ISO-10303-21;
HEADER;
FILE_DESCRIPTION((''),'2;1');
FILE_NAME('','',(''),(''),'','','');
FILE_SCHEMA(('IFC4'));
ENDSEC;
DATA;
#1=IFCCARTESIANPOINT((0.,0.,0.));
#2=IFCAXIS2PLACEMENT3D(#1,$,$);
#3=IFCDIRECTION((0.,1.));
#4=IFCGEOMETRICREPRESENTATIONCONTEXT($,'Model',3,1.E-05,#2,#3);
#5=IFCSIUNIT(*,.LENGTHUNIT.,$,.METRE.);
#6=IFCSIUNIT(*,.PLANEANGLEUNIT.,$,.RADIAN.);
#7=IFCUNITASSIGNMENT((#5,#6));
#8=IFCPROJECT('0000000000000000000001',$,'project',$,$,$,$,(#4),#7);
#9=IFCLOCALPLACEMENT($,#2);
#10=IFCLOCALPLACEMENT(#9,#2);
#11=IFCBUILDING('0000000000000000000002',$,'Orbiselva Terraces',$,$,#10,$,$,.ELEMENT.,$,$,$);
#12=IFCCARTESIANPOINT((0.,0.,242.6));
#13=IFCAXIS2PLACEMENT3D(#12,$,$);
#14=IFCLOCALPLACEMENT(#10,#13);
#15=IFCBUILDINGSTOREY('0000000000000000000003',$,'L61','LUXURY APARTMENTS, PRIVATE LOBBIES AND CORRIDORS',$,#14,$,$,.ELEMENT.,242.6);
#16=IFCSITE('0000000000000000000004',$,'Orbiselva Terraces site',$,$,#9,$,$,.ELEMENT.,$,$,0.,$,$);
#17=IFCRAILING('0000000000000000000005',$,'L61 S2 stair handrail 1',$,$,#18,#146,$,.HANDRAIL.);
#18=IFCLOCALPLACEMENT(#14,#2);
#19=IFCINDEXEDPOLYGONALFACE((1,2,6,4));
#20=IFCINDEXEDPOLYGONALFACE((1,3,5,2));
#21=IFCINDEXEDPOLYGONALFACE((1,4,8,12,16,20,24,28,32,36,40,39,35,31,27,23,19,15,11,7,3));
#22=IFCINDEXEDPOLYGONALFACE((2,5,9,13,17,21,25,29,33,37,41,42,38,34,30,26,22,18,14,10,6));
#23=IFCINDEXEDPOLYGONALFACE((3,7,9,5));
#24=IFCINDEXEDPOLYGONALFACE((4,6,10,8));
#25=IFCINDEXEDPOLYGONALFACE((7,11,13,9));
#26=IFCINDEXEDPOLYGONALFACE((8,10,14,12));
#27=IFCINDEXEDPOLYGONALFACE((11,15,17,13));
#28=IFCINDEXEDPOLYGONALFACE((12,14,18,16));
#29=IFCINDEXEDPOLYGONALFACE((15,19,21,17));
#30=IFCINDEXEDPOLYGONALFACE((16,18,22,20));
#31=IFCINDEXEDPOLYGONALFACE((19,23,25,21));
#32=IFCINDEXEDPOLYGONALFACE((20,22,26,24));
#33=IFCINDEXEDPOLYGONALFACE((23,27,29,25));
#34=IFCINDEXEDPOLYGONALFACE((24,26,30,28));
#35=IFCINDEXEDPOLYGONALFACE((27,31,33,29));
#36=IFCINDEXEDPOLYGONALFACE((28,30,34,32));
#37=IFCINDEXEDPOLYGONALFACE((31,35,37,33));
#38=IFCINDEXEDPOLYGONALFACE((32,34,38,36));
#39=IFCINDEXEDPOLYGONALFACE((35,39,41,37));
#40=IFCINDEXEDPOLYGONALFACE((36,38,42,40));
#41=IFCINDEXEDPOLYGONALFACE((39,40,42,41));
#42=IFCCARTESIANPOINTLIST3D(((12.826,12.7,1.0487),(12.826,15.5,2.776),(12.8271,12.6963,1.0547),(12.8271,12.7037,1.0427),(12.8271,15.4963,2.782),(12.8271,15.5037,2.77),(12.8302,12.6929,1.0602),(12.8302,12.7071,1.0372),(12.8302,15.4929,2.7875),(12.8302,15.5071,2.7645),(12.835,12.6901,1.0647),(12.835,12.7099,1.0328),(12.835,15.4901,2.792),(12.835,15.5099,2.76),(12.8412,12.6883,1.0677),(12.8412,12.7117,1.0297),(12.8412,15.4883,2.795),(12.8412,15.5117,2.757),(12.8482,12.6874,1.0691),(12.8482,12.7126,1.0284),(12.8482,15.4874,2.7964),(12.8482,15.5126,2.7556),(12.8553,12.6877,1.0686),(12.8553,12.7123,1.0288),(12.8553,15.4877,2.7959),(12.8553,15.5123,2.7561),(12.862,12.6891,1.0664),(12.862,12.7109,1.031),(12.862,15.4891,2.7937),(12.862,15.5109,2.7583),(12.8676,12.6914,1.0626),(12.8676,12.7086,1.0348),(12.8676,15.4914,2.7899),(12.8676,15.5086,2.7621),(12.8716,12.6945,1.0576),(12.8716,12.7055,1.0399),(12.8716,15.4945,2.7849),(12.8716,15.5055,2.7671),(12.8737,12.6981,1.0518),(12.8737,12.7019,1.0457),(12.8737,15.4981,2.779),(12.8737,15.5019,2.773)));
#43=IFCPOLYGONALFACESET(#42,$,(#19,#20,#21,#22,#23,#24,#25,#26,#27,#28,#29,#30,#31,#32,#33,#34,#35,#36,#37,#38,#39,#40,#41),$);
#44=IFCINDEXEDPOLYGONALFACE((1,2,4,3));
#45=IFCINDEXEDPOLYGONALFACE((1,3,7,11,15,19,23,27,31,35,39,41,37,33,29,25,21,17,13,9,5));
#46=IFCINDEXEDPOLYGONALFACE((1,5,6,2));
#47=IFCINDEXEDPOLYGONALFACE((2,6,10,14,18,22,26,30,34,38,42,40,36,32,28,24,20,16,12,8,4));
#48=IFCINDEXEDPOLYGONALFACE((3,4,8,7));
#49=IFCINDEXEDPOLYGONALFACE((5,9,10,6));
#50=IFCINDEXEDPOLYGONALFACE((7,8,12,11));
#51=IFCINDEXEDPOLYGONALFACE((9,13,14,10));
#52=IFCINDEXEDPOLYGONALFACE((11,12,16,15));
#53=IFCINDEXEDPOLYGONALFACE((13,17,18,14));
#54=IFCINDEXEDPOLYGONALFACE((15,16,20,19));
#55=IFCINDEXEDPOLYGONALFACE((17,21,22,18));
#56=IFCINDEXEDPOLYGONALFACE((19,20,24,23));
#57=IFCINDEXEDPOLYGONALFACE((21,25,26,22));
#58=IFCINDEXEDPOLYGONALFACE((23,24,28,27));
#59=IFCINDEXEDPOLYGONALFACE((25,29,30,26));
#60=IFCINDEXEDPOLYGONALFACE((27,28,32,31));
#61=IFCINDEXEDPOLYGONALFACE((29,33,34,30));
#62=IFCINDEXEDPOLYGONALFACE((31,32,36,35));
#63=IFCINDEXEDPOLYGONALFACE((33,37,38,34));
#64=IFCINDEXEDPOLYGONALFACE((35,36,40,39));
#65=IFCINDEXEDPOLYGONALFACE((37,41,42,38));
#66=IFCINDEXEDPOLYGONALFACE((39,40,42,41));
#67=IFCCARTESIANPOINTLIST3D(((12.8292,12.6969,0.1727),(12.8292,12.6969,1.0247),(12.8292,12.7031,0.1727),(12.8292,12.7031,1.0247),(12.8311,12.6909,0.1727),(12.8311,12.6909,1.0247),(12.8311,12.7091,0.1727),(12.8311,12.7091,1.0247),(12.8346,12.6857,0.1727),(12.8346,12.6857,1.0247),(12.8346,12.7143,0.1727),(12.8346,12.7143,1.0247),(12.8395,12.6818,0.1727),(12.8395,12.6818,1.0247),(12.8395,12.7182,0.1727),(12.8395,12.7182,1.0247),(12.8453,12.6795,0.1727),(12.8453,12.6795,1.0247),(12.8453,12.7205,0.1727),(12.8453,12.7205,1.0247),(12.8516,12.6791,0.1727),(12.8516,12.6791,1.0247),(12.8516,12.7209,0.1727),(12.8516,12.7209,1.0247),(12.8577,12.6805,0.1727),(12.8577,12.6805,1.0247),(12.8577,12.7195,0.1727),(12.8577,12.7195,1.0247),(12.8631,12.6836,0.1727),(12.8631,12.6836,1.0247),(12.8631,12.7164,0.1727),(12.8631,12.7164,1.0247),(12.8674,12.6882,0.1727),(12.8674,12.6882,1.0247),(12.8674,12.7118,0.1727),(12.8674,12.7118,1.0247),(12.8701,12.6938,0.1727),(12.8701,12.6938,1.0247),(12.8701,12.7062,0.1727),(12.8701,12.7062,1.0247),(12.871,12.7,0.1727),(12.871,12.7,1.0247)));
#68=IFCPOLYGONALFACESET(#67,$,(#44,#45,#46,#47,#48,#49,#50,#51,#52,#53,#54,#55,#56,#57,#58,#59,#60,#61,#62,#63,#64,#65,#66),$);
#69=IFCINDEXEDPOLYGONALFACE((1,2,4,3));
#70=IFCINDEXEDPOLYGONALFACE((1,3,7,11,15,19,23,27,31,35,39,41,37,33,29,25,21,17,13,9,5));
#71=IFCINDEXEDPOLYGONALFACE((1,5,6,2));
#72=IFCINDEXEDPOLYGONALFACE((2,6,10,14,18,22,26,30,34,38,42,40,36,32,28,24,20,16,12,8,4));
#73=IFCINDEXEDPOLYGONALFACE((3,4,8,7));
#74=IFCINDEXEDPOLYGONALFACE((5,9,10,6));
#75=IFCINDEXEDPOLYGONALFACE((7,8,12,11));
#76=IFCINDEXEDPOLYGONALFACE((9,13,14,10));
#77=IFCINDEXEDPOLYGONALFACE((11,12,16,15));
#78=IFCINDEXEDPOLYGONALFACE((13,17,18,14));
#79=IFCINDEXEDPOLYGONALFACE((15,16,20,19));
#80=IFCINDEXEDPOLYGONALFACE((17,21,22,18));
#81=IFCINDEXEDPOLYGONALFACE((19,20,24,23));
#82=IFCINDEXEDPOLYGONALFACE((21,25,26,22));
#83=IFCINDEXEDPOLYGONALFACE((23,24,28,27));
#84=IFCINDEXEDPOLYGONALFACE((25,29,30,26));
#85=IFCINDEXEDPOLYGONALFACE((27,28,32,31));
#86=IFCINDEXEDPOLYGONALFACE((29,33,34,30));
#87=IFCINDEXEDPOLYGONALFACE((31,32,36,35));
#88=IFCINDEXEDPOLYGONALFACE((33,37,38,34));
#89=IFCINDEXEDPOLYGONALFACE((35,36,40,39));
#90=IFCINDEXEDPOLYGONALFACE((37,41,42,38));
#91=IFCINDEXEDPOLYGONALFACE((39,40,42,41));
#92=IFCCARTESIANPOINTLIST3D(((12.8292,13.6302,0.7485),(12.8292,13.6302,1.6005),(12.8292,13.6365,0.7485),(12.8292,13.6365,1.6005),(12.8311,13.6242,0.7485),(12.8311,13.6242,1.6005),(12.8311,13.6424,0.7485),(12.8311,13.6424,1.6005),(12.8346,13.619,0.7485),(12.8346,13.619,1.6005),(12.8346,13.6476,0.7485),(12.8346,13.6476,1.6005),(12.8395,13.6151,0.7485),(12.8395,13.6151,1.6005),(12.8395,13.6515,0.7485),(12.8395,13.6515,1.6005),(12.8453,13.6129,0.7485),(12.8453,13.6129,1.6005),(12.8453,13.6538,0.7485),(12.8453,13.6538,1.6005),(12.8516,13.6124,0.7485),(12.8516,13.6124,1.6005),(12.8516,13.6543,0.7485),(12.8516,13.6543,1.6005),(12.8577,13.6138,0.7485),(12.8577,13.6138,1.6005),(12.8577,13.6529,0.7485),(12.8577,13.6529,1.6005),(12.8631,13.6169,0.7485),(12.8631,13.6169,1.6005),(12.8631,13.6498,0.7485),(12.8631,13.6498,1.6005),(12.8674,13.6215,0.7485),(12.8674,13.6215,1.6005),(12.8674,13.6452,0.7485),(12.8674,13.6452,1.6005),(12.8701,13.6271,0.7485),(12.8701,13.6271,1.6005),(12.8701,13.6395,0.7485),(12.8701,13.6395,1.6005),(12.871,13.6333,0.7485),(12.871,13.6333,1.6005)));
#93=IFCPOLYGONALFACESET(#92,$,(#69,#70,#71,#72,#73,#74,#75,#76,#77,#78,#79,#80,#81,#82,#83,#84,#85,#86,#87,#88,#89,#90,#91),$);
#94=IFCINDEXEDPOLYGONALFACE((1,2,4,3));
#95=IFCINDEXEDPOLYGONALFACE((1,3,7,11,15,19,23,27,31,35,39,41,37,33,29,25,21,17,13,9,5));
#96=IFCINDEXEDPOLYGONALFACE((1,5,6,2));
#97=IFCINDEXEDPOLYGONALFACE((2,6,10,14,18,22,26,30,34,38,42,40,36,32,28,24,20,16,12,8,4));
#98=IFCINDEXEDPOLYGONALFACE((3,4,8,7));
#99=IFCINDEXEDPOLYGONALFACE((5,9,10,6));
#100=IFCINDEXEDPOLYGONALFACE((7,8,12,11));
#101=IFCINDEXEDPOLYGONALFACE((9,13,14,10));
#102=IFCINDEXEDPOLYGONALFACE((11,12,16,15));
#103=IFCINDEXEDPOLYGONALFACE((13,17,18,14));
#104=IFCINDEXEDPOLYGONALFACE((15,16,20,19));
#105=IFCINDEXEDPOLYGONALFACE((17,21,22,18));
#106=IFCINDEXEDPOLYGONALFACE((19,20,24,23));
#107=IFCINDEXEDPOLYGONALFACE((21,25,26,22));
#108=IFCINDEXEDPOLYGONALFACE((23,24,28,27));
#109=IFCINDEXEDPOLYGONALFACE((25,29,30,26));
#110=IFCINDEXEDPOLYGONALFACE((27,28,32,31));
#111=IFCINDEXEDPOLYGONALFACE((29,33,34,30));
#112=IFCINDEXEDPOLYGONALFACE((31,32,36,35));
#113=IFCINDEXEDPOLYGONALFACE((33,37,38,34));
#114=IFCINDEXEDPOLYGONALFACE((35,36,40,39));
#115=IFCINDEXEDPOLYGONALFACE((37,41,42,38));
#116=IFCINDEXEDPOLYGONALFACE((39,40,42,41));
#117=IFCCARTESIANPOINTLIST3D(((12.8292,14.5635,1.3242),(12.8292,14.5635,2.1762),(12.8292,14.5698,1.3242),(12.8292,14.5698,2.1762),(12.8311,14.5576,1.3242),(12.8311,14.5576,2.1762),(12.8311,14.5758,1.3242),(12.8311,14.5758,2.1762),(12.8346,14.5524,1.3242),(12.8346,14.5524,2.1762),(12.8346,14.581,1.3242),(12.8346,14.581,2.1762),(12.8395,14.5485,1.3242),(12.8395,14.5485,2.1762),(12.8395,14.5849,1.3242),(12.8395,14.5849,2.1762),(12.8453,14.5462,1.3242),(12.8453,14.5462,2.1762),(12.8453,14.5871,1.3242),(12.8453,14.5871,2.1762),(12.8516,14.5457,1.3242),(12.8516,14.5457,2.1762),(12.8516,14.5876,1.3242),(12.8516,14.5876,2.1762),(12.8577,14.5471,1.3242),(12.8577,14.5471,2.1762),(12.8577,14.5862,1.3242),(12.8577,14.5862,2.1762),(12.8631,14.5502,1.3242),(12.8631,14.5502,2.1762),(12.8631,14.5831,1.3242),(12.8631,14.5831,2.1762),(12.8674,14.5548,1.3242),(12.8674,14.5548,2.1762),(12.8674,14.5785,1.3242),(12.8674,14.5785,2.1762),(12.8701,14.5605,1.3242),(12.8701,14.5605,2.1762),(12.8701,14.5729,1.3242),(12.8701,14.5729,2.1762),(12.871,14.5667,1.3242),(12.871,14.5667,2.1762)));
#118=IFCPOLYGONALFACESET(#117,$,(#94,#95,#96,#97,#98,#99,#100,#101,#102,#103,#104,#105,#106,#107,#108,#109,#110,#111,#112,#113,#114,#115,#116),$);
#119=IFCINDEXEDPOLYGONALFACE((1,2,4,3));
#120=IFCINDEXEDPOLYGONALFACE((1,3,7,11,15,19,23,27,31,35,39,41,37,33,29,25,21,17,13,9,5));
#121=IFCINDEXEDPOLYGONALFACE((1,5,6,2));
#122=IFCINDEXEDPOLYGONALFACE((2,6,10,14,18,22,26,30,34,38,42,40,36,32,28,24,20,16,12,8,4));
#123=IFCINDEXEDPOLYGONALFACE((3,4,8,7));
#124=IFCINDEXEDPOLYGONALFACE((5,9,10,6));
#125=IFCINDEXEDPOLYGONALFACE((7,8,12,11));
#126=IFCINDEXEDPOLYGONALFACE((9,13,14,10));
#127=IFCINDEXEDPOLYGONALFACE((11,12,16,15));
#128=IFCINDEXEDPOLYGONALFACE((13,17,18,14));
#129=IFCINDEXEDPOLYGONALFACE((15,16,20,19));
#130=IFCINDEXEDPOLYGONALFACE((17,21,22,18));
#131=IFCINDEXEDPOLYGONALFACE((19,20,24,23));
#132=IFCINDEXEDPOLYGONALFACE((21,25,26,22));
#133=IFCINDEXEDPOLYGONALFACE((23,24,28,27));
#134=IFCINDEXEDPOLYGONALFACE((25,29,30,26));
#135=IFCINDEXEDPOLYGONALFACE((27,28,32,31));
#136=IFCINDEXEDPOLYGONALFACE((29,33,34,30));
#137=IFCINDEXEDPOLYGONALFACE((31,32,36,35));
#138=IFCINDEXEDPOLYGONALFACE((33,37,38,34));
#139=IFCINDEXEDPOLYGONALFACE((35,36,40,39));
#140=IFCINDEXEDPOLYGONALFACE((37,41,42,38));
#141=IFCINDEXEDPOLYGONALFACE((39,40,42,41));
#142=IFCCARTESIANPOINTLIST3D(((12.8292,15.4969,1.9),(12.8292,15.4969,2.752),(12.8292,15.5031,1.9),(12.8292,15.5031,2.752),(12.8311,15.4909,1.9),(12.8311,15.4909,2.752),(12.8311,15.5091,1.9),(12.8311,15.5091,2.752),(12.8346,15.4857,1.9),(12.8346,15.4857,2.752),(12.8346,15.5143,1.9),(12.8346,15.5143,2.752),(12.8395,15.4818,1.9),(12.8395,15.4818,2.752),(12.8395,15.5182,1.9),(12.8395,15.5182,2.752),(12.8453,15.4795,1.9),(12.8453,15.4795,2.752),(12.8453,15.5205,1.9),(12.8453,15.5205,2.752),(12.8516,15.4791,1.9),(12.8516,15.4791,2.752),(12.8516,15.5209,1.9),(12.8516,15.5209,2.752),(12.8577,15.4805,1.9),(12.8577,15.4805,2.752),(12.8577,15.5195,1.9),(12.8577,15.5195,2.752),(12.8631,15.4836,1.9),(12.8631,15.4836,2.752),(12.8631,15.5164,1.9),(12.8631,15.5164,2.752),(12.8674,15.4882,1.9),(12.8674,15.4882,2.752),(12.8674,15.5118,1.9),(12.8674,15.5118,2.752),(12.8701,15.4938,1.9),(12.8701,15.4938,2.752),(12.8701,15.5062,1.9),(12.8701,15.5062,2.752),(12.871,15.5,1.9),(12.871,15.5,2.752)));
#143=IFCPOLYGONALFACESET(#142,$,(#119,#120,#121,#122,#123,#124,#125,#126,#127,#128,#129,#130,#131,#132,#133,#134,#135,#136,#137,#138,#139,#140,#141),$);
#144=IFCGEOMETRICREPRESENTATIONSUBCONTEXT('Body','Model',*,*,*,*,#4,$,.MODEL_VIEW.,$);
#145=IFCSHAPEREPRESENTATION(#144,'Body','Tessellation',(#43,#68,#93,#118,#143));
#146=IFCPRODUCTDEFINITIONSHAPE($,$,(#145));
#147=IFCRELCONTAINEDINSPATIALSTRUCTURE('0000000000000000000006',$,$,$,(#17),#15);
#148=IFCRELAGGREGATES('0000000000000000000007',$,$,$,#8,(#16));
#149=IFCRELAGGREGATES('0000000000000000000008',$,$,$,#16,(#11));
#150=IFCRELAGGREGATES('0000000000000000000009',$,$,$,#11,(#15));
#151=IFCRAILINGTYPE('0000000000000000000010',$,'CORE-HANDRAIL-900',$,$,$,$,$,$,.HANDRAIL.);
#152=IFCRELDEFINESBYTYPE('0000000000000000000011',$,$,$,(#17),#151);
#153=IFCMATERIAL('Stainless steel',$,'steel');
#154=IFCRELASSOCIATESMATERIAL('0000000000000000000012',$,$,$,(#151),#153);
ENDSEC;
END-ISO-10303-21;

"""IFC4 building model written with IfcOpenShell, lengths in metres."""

from ifc_helpers import new_model, si_unit, direction, frame, origin, origin_2d, place, context, subcontext, project, spatial, circle, extrude, material, type_object, element, save


model = new_model("IFC4")

# Units and contexts
model_context = context("Model", 3, precision=1e-05, world=origin(), true_north=direction((0.0, 1.0)))
body_context = subcontext(model_context, "Body", "Model", "MODEL_VIEW")
ifc_project = project(units=[si_unit("LENGTHUNIT", "METRE"), si_unit("PLANEANGLEUNIT", "RADIAN")], contexts=[model_context])

# Site, building, storey
site_placement = place(None, origin())
site = spatial("IfcSite", under=ifc_project, at=site_placement, Name="Orbiselva Terraces site", CompositionType="ELEMENT", RefElevation=0.0)
building_placement = place(site_placement, origin())
building = spatial("IfcBuilding", under=site, at=building_placement, Name="Orbiselva Terraces", CompositionType="ELEMENT")
storey_placement = place(building_placement, frame((0.0, 0.0, 242.6)))
storey = spatial("IfcBuildingStorey", under=building, at=storey_placement, Name="L61", Description="LUXURY APARTMENTS, PRIVATE LOBBIES AND CORRIDORS", CompositionType="ELEMENT", Elevation=242.6)

# Railing
ifc_material_1 = material(Name="Stainless steel", Category="steel")
railing_type = type_object("IfcRailingType", Name="CORE-HANDRAIL-900", PredefinedType="HANDRAIL", material=ifc_material_1)
railing_1_placement = place(storey_placement, frame((12.85, 12.7, 0.1727)))
element("IfcRailing", 1, at=railing_1_placement, inside=storey, type_object=railing_type, Name="L61 S2 stair handrail 1", PredefinedType="HANDRAIL", context=body_context, shape_type="SweptSolid", body=[
    extrude(circle(Radius=0.024, at=origin_2d()), frame((0.0, 0.0, 0.876), z_axis=(0.0, 0.851089, 0.525022), x_axis=(-1.0, 0.0, 0.0)), (0.0, 0.0, 1.0), 3.2899),
    extrude(circle(Radius=0.021, at=origin_2d()), origin(), (0.0, 0.0, 1.0), 0.852),
    extrude(circle(Radius=0.021, at=origin_2d()), frame((0.0, 0.9333, 0.5758)), (0.0, 0.0, 1.0), 0.852),
    extrude(circle(Radius=0.021, at=origin_2d()), frame((0.0, 1.8667, 1.1515)), (0.0, 0.0, 1.0), 0.852),
    extrude(circle(Radius=0.021, at=origin_2d()), frame((0.0, 2.8, 1.7273)), (0.0, 0.0, 1.0), 0.852),
])

save(model, "model.ifc")
